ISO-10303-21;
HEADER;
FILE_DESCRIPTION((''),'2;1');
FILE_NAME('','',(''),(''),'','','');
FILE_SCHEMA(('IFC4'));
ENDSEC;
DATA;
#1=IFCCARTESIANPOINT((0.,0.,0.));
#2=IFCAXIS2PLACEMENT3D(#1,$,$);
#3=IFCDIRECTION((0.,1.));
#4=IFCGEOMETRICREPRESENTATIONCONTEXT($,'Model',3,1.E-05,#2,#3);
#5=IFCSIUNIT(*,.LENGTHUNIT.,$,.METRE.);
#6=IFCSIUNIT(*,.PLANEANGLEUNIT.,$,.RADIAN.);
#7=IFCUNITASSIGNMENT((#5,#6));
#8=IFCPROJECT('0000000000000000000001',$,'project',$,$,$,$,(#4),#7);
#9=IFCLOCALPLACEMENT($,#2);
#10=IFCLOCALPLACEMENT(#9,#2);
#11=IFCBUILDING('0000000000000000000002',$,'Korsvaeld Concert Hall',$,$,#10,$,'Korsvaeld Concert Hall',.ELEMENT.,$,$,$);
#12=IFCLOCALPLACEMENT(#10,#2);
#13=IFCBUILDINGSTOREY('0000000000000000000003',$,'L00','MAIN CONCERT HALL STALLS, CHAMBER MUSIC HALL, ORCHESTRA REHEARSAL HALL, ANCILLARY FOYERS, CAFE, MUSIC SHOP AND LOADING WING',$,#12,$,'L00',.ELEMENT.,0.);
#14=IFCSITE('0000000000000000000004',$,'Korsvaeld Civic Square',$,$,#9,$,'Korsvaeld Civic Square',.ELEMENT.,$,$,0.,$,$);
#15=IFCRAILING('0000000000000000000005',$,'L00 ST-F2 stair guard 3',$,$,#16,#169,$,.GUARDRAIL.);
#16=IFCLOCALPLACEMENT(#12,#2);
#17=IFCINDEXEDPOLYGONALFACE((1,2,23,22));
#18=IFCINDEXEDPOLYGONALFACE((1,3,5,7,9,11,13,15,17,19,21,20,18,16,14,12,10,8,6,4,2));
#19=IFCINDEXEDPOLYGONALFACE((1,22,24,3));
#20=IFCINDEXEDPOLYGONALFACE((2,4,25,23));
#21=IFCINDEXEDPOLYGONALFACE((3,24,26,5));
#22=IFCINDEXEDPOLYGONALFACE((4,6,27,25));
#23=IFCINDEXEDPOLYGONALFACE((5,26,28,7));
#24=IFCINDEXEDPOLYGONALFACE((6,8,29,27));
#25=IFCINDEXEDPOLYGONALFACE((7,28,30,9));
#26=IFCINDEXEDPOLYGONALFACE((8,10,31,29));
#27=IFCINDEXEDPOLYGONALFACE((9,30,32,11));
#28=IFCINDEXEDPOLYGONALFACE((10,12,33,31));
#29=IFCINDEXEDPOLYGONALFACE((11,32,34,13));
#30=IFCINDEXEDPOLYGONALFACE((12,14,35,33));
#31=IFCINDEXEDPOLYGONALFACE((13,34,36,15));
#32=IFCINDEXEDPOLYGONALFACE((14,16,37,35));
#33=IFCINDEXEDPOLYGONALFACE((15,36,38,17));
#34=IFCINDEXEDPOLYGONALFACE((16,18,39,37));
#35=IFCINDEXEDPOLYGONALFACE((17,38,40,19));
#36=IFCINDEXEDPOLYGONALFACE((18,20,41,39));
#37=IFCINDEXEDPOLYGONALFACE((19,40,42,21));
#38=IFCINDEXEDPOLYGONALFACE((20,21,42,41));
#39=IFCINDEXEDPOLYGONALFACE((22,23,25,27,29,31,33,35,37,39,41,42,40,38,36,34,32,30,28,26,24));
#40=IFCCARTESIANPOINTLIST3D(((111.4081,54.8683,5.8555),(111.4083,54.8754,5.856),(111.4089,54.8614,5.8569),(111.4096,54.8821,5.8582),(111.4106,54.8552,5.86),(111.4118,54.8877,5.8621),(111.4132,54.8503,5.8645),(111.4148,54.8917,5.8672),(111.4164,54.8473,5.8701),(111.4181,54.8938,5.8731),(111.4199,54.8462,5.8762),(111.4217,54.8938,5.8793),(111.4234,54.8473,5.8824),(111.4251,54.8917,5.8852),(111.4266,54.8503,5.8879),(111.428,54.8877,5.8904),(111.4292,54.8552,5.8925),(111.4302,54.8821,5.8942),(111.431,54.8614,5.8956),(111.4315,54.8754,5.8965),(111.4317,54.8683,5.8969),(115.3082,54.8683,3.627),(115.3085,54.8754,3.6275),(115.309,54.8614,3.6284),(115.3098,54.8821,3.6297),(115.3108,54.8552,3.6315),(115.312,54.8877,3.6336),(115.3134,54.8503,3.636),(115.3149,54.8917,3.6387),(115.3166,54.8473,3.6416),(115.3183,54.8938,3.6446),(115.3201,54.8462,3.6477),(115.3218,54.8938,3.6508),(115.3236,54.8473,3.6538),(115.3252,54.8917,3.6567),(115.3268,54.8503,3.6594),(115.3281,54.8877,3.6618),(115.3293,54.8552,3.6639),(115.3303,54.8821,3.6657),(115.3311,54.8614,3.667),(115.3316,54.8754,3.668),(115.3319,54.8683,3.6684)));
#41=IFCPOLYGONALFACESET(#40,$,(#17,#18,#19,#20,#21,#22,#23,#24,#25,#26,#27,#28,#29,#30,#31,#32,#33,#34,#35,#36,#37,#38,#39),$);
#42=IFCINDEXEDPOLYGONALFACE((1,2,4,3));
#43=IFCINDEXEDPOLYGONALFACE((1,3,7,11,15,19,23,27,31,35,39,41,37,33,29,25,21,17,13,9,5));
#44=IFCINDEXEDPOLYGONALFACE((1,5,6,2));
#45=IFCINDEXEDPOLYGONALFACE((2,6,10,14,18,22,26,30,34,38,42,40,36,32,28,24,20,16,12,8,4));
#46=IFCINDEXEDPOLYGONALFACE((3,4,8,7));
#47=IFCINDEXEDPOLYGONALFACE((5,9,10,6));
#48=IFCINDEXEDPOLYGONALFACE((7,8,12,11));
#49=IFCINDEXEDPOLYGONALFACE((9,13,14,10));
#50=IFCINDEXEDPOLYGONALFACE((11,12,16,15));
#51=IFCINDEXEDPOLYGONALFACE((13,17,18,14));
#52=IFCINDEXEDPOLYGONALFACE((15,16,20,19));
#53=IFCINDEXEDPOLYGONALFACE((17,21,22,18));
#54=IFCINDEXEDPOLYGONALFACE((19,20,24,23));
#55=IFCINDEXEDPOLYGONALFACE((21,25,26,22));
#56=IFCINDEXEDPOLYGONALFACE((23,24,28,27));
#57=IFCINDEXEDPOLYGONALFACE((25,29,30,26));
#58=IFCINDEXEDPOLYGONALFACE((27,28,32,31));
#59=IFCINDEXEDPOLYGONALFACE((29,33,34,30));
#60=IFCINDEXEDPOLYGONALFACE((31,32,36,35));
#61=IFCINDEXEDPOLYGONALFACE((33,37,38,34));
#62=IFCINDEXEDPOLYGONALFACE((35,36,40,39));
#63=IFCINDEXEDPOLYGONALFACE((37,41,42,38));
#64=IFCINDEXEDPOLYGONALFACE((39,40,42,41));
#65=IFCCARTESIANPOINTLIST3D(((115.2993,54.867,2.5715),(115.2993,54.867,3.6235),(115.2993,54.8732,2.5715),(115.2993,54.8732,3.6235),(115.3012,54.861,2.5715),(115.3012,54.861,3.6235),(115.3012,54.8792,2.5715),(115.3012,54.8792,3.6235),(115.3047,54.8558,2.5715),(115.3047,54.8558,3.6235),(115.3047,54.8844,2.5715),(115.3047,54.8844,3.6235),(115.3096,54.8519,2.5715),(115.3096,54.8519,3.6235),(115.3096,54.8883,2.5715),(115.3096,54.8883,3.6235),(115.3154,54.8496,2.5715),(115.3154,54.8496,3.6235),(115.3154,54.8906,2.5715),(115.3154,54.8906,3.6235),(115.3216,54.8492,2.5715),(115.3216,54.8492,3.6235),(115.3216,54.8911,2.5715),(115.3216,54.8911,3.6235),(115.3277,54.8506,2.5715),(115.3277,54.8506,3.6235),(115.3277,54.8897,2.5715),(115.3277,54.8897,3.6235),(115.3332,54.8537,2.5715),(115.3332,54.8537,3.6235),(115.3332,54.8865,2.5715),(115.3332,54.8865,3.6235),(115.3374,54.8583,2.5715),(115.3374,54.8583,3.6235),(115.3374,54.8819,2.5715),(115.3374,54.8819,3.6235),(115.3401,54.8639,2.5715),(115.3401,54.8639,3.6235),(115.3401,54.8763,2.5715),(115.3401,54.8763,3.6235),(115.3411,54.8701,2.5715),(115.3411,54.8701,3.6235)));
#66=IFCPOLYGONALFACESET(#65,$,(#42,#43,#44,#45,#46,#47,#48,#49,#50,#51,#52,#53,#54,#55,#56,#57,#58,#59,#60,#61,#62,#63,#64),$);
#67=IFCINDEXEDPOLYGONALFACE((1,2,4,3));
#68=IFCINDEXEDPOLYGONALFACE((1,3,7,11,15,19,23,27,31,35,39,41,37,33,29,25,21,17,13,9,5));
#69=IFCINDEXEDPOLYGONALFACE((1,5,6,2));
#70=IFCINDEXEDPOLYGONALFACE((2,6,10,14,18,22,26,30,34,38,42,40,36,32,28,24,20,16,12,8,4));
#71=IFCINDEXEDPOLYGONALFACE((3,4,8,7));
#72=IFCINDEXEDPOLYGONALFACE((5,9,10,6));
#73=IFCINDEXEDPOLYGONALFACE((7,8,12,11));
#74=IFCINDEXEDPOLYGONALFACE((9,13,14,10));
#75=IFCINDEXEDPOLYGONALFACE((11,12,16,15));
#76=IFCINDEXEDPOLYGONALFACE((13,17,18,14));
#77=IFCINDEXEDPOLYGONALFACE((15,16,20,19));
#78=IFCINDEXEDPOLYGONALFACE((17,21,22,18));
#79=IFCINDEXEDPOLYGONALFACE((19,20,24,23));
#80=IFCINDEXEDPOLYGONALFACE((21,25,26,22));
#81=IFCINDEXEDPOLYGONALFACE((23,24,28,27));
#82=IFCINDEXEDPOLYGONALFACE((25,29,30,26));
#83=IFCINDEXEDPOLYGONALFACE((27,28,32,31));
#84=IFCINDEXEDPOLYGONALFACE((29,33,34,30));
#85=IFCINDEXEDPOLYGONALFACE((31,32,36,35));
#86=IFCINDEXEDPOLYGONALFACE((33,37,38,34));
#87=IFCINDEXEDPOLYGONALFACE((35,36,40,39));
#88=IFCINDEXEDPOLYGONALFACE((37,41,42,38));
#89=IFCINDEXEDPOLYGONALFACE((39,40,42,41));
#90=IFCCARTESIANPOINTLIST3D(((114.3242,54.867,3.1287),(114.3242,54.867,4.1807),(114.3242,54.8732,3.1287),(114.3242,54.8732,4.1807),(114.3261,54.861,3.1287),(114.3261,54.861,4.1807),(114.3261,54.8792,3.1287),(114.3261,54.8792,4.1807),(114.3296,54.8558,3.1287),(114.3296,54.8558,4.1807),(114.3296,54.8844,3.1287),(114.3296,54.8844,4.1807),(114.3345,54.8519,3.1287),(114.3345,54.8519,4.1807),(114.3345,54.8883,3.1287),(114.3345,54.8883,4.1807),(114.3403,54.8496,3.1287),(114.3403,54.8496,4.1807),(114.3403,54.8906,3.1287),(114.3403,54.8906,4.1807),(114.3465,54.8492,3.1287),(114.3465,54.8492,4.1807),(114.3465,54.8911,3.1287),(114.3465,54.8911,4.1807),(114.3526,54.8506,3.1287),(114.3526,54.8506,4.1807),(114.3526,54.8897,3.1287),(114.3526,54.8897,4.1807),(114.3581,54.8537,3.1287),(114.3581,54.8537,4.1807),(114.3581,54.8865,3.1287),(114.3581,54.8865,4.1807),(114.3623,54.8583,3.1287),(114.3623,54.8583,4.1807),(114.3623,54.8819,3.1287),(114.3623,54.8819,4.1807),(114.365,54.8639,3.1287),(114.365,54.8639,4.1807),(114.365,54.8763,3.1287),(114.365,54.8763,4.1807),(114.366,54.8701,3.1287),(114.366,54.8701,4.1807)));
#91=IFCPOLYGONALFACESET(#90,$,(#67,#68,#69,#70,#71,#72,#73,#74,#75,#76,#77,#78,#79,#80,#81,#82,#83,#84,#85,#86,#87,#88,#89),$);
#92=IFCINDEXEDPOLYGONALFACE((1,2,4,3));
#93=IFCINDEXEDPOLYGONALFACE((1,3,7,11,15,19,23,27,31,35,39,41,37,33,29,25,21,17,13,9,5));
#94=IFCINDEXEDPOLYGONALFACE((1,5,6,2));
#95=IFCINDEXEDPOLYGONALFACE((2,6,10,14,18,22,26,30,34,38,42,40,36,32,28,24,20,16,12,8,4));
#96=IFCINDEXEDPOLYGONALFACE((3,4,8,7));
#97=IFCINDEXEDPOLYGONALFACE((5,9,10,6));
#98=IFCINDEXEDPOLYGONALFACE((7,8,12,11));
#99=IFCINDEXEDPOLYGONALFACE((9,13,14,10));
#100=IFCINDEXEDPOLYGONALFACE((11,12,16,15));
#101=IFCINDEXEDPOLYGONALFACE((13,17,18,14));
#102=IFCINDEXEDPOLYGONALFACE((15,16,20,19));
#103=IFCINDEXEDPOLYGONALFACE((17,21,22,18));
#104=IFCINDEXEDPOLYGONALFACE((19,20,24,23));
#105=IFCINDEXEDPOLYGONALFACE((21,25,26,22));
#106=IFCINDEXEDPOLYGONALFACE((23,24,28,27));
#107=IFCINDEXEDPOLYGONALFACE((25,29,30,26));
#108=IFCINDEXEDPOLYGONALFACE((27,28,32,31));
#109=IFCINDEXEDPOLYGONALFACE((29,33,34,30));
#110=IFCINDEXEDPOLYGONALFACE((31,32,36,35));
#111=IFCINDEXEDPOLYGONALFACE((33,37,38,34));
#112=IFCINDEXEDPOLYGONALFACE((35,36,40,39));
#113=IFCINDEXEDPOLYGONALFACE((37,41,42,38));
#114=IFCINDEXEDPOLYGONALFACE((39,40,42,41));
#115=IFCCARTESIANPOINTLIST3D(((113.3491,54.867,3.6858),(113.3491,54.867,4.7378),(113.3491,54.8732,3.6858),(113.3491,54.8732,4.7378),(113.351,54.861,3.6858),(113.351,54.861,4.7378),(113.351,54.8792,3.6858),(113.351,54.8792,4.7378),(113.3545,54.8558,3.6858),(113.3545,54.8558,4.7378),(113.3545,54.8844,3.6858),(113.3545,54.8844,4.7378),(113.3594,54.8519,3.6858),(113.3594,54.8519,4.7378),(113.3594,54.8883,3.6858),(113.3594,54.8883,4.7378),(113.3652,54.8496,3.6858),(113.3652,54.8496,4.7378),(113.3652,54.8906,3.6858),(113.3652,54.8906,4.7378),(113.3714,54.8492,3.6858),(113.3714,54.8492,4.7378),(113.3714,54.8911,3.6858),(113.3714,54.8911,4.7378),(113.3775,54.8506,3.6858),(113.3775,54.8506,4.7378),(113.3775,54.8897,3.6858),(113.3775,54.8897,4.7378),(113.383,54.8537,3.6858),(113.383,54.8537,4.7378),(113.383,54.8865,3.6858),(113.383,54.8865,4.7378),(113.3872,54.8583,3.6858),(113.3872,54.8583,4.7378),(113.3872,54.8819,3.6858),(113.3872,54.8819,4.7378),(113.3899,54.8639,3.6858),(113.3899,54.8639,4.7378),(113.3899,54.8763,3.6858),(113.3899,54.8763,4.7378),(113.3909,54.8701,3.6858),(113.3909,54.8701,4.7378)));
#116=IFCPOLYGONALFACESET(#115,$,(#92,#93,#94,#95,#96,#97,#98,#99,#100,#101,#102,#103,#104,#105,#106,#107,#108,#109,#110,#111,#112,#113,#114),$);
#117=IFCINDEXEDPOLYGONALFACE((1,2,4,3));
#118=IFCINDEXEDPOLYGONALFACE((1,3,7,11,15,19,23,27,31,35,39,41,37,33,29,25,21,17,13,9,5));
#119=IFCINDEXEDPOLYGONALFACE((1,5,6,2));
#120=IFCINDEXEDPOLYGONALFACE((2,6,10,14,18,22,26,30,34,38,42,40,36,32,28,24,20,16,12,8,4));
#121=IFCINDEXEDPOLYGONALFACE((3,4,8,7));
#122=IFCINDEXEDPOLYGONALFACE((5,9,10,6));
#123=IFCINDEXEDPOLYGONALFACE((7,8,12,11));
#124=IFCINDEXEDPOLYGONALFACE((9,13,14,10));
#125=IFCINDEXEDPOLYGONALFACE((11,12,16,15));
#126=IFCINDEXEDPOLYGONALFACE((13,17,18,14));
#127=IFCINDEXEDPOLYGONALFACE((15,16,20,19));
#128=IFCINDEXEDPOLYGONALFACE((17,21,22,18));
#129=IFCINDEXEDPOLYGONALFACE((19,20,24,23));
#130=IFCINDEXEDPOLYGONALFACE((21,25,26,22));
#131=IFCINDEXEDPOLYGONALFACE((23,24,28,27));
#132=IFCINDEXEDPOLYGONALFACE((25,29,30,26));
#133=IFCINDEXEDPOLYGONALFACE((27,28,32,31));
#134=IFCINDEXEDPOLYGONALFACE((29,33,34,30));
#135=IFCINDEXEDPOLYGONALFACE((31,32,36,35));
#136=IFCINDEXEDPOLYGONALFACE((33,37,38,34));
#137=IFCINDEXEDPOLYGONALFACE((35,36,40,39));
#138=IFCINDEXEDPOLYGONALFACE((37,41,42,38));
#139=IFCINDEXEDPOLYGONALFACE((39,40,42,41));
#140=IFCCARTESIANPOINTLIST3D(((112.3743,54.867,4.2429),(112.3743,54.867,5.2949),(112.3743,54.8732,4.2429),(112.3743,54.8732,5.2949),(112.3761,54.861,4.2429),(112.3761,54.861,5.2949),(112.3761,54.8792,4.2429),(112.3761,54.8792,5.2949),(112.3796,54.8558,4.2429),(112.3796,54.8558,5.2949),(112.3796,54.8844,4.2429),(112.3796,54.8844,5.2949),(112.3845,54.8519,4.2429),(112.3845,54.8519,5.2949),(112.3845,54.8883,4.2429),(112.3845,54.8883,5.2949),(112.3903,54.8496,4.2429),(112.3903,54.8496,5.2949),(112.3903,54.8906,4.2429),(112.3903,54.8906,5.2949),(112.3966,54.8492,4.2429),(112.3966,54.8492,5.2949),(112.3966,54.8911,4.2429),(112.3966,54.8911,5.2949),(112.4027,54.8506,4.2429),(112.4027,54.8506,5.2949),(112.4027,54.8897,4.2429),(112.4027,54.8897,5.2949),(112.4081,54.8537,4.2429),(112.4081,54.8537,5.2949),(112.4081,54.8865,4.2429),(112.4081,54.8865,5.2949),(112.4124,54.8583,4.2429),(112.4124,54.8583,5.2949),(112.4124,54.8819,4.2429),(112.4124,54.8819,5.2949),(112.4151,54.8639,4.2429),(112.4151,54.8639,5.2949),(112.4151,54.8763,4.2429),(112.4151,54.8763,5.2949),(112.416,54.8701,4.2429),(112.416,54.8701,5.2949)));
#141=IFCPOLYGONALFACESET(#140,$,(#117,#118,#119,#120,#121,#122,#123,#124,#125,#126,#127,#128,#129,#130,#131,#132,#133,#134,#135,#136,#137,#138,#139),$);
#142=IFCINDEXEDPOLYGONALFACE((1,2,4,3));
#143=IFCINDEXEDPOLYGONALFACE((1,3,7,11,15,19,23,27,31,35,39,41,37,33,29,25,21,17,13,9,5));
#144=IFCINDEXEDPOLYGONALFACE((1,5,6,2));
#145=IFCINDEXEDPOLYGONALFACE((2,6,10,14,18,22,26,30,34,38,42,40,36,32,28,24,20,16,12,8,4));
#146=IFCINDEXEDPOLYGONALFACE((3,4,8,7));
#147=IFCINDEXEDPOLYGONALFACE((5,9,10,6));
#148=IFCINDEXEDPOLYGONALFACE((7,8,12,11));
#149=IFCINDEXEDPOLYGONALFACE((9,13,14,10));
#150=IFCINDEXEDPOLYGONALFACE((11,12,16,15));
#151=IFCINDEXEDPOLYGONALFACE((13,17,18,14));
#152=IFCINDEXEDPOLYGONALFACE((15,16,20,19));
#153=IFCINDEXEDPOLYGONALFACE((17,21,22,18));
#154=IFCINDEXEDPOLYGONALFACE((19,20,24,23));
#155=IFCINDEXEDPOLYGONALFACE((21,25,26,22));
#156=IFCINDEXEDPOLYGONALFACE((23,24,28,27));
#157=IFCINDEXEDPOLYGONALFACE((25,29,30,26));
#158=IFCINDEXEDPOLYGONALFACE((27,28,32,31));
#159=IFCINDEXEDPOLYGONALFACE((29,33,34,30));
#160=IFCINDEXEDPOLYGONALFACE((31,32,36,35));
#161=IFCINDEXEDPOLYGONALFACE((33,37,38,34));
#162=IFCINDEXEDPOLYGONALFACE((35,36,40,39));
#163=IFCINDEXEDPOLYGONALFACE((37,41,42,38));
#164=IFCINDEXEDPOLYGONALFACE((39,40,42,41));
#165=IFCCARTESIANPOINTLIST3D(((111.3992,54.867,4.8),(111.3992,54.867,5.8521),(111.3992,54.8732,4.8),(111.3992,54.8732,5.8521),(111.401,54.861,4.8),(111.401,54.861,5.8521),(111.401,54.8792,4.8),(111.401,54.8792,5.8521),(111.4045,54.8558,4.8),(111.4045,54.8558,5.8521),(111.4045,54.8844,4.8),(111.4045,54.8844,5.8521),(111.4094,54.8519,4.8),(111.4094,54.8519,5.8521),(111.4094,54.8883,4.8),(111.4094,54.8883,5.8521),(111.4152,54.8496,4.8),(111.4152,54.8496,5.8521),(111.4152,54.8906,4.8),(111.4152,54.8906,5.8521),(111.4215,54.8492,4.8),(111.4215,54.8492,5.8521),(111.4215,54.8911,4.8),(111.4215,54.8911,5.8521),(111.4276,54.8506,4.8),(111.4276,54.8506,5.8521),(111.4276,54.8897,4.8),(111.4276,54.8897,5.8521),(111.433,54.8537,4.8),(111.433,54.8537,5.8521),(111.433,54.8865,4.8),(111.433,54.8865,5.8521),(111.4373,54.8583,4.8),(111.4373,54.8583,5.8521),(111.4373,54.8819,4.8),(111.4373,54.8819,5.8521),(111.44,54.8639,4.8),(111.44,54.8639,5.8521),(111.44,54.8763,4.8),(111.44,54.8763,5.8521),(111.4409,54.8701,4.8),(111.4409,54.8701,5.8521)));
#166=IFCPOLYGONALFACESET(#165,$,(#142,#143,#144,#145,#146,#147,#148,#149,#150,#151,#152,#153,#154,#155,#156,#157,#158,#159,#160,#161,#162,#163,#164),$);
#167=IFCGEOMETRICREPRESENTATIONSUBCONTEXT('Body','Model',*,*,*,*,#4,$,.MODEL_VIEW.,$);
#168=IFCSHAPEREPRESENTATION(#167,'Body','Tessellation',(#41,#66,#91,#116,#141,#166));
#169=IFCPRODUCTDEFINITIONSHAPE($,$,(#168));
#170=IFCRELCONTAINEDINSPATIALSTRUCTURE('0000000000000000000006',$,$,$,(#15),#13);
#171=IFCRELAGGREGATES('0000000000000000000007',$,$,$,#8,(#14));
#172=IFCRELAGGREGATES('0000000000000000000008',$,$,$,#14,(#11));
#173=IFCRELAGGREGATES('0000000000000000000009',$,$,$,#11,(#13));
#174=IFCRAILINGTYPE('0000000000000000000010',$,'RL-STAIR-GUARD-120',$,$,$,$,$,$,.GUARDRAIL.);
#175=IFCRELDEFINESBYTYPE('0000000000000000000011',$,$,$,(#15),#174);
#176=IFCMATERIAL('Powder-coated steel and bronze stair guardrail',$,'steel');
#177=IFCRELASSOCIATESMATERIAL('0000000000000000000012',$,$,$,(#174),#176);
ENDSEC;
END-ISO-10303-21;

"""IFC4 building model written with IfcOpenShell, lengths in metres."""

from ifc_helpers import new_model, si_unit, direction, frame, origin, origin_2d, place, context, subcontext, project, spatial, circle, extrude, material, type_object, element, save


model = new_model("IFC4")

# Units and contexts
model_context = context("Model", 3, precision=1e-05, world=origin(), true_north=direction((0.0, 1.0)))
body_context = subcontext(model_context, "Body", "Model", "MODEL_VIEW")
ifc_project = project(units=[si_unit("LENGTHUNIT", "METRE"), si_unit("PLANEANGLEUNIT", "RADIAN")], contexts=[model_context])

# Site, building, storey
site_placement = place(None, origin())
site = spatial("IfcSite", under=ifc_project, at=site_placement, Name="Korsvaeld Civic Square", LongName="Korsvaeld Civic Square", CompositionType="ELEMENT", RefElevation=0.0)
building_placement = place(site_placement, origin())
building = spatial("IfcBuilding", under=site, at=building_placement, Name="Korsvaeld Concert Hall", LongName="Korsvaeld Concert Hall", CompositionType="ELEMENT")
storey_placement = place(building_placement, origin())
storey = spatial("IfcBuildingStorey", under=building, at=storey_placement, Name="L00", Description="MAIN CONCERT HALL STALLS, CHAMBER MUSIC HALL, ORCHESTRA REHEARSAL HALL, ANCILLARY FOYERS, CAFE, MUSIC SHOP AND LOADING WING", LongName="L00", CompositionType="ELEMENT", Elevation=0.0)

# Railing
ifc_material_1 = material(Name="Powder-coated steel and bronze stair guardrail", Category="steel")
railing_type_1 = type_object("IfcRailingType", Name="RL-STAIR-GUARD-120", PredefinedType="GUARDRAIL", material=ifc_material_1)
railing_1_placement = place(storey_placement, frame((115.3201, 54.8701, 2.5715)))
element("IfcRailing", 1, at=railing_1_placement, inside=storey, type_object=railing_type_1, Name="L00 ST-F2 stair guard 3", PredefinedType="GUARDRAIL", context=body_context, shape_type="SweptSolid", body=[
    extrude(circle(Radius=0.0239, at=origin_2d()), frame((0.0, 0.0, 1.0762), z_axis=(-0.868257, 0.0, 0.496116), x_axis=(0.0, -1.0, 0.0)), (0.0, 0.0, 1.0), 4.4919),
    extrude(circle(Radius=0.021, at=origin_2d()), origin(), (0.0, 0.0, 1.0), 1.052),
    extrude(circle(Radius=0.021, at=origin_2d()), frame((-0.9751, 0.0, 0.5571)), (0.0, 0.0, 1.0), 1.052),
    extrude(circle(Radius=0.021, at=origin_2d()), frame((-1.9502, 0.0, 1.1143)), (0.0, 0.0, 1.0), 1.052),
    extrude(circle(Radius=0.021, at=origin_2d()), frame((-2.925, 0.0, 1.6714)), (0.0, 0.0, 1.0), 1.052),
    extrude(circle(Radius=0.021, at=origin_2d()), frame((-3.9001, 0.0, 2.2285)), (0.0, 0.0, 1.0), 1.052),
])

save(model, "model.ifc")
